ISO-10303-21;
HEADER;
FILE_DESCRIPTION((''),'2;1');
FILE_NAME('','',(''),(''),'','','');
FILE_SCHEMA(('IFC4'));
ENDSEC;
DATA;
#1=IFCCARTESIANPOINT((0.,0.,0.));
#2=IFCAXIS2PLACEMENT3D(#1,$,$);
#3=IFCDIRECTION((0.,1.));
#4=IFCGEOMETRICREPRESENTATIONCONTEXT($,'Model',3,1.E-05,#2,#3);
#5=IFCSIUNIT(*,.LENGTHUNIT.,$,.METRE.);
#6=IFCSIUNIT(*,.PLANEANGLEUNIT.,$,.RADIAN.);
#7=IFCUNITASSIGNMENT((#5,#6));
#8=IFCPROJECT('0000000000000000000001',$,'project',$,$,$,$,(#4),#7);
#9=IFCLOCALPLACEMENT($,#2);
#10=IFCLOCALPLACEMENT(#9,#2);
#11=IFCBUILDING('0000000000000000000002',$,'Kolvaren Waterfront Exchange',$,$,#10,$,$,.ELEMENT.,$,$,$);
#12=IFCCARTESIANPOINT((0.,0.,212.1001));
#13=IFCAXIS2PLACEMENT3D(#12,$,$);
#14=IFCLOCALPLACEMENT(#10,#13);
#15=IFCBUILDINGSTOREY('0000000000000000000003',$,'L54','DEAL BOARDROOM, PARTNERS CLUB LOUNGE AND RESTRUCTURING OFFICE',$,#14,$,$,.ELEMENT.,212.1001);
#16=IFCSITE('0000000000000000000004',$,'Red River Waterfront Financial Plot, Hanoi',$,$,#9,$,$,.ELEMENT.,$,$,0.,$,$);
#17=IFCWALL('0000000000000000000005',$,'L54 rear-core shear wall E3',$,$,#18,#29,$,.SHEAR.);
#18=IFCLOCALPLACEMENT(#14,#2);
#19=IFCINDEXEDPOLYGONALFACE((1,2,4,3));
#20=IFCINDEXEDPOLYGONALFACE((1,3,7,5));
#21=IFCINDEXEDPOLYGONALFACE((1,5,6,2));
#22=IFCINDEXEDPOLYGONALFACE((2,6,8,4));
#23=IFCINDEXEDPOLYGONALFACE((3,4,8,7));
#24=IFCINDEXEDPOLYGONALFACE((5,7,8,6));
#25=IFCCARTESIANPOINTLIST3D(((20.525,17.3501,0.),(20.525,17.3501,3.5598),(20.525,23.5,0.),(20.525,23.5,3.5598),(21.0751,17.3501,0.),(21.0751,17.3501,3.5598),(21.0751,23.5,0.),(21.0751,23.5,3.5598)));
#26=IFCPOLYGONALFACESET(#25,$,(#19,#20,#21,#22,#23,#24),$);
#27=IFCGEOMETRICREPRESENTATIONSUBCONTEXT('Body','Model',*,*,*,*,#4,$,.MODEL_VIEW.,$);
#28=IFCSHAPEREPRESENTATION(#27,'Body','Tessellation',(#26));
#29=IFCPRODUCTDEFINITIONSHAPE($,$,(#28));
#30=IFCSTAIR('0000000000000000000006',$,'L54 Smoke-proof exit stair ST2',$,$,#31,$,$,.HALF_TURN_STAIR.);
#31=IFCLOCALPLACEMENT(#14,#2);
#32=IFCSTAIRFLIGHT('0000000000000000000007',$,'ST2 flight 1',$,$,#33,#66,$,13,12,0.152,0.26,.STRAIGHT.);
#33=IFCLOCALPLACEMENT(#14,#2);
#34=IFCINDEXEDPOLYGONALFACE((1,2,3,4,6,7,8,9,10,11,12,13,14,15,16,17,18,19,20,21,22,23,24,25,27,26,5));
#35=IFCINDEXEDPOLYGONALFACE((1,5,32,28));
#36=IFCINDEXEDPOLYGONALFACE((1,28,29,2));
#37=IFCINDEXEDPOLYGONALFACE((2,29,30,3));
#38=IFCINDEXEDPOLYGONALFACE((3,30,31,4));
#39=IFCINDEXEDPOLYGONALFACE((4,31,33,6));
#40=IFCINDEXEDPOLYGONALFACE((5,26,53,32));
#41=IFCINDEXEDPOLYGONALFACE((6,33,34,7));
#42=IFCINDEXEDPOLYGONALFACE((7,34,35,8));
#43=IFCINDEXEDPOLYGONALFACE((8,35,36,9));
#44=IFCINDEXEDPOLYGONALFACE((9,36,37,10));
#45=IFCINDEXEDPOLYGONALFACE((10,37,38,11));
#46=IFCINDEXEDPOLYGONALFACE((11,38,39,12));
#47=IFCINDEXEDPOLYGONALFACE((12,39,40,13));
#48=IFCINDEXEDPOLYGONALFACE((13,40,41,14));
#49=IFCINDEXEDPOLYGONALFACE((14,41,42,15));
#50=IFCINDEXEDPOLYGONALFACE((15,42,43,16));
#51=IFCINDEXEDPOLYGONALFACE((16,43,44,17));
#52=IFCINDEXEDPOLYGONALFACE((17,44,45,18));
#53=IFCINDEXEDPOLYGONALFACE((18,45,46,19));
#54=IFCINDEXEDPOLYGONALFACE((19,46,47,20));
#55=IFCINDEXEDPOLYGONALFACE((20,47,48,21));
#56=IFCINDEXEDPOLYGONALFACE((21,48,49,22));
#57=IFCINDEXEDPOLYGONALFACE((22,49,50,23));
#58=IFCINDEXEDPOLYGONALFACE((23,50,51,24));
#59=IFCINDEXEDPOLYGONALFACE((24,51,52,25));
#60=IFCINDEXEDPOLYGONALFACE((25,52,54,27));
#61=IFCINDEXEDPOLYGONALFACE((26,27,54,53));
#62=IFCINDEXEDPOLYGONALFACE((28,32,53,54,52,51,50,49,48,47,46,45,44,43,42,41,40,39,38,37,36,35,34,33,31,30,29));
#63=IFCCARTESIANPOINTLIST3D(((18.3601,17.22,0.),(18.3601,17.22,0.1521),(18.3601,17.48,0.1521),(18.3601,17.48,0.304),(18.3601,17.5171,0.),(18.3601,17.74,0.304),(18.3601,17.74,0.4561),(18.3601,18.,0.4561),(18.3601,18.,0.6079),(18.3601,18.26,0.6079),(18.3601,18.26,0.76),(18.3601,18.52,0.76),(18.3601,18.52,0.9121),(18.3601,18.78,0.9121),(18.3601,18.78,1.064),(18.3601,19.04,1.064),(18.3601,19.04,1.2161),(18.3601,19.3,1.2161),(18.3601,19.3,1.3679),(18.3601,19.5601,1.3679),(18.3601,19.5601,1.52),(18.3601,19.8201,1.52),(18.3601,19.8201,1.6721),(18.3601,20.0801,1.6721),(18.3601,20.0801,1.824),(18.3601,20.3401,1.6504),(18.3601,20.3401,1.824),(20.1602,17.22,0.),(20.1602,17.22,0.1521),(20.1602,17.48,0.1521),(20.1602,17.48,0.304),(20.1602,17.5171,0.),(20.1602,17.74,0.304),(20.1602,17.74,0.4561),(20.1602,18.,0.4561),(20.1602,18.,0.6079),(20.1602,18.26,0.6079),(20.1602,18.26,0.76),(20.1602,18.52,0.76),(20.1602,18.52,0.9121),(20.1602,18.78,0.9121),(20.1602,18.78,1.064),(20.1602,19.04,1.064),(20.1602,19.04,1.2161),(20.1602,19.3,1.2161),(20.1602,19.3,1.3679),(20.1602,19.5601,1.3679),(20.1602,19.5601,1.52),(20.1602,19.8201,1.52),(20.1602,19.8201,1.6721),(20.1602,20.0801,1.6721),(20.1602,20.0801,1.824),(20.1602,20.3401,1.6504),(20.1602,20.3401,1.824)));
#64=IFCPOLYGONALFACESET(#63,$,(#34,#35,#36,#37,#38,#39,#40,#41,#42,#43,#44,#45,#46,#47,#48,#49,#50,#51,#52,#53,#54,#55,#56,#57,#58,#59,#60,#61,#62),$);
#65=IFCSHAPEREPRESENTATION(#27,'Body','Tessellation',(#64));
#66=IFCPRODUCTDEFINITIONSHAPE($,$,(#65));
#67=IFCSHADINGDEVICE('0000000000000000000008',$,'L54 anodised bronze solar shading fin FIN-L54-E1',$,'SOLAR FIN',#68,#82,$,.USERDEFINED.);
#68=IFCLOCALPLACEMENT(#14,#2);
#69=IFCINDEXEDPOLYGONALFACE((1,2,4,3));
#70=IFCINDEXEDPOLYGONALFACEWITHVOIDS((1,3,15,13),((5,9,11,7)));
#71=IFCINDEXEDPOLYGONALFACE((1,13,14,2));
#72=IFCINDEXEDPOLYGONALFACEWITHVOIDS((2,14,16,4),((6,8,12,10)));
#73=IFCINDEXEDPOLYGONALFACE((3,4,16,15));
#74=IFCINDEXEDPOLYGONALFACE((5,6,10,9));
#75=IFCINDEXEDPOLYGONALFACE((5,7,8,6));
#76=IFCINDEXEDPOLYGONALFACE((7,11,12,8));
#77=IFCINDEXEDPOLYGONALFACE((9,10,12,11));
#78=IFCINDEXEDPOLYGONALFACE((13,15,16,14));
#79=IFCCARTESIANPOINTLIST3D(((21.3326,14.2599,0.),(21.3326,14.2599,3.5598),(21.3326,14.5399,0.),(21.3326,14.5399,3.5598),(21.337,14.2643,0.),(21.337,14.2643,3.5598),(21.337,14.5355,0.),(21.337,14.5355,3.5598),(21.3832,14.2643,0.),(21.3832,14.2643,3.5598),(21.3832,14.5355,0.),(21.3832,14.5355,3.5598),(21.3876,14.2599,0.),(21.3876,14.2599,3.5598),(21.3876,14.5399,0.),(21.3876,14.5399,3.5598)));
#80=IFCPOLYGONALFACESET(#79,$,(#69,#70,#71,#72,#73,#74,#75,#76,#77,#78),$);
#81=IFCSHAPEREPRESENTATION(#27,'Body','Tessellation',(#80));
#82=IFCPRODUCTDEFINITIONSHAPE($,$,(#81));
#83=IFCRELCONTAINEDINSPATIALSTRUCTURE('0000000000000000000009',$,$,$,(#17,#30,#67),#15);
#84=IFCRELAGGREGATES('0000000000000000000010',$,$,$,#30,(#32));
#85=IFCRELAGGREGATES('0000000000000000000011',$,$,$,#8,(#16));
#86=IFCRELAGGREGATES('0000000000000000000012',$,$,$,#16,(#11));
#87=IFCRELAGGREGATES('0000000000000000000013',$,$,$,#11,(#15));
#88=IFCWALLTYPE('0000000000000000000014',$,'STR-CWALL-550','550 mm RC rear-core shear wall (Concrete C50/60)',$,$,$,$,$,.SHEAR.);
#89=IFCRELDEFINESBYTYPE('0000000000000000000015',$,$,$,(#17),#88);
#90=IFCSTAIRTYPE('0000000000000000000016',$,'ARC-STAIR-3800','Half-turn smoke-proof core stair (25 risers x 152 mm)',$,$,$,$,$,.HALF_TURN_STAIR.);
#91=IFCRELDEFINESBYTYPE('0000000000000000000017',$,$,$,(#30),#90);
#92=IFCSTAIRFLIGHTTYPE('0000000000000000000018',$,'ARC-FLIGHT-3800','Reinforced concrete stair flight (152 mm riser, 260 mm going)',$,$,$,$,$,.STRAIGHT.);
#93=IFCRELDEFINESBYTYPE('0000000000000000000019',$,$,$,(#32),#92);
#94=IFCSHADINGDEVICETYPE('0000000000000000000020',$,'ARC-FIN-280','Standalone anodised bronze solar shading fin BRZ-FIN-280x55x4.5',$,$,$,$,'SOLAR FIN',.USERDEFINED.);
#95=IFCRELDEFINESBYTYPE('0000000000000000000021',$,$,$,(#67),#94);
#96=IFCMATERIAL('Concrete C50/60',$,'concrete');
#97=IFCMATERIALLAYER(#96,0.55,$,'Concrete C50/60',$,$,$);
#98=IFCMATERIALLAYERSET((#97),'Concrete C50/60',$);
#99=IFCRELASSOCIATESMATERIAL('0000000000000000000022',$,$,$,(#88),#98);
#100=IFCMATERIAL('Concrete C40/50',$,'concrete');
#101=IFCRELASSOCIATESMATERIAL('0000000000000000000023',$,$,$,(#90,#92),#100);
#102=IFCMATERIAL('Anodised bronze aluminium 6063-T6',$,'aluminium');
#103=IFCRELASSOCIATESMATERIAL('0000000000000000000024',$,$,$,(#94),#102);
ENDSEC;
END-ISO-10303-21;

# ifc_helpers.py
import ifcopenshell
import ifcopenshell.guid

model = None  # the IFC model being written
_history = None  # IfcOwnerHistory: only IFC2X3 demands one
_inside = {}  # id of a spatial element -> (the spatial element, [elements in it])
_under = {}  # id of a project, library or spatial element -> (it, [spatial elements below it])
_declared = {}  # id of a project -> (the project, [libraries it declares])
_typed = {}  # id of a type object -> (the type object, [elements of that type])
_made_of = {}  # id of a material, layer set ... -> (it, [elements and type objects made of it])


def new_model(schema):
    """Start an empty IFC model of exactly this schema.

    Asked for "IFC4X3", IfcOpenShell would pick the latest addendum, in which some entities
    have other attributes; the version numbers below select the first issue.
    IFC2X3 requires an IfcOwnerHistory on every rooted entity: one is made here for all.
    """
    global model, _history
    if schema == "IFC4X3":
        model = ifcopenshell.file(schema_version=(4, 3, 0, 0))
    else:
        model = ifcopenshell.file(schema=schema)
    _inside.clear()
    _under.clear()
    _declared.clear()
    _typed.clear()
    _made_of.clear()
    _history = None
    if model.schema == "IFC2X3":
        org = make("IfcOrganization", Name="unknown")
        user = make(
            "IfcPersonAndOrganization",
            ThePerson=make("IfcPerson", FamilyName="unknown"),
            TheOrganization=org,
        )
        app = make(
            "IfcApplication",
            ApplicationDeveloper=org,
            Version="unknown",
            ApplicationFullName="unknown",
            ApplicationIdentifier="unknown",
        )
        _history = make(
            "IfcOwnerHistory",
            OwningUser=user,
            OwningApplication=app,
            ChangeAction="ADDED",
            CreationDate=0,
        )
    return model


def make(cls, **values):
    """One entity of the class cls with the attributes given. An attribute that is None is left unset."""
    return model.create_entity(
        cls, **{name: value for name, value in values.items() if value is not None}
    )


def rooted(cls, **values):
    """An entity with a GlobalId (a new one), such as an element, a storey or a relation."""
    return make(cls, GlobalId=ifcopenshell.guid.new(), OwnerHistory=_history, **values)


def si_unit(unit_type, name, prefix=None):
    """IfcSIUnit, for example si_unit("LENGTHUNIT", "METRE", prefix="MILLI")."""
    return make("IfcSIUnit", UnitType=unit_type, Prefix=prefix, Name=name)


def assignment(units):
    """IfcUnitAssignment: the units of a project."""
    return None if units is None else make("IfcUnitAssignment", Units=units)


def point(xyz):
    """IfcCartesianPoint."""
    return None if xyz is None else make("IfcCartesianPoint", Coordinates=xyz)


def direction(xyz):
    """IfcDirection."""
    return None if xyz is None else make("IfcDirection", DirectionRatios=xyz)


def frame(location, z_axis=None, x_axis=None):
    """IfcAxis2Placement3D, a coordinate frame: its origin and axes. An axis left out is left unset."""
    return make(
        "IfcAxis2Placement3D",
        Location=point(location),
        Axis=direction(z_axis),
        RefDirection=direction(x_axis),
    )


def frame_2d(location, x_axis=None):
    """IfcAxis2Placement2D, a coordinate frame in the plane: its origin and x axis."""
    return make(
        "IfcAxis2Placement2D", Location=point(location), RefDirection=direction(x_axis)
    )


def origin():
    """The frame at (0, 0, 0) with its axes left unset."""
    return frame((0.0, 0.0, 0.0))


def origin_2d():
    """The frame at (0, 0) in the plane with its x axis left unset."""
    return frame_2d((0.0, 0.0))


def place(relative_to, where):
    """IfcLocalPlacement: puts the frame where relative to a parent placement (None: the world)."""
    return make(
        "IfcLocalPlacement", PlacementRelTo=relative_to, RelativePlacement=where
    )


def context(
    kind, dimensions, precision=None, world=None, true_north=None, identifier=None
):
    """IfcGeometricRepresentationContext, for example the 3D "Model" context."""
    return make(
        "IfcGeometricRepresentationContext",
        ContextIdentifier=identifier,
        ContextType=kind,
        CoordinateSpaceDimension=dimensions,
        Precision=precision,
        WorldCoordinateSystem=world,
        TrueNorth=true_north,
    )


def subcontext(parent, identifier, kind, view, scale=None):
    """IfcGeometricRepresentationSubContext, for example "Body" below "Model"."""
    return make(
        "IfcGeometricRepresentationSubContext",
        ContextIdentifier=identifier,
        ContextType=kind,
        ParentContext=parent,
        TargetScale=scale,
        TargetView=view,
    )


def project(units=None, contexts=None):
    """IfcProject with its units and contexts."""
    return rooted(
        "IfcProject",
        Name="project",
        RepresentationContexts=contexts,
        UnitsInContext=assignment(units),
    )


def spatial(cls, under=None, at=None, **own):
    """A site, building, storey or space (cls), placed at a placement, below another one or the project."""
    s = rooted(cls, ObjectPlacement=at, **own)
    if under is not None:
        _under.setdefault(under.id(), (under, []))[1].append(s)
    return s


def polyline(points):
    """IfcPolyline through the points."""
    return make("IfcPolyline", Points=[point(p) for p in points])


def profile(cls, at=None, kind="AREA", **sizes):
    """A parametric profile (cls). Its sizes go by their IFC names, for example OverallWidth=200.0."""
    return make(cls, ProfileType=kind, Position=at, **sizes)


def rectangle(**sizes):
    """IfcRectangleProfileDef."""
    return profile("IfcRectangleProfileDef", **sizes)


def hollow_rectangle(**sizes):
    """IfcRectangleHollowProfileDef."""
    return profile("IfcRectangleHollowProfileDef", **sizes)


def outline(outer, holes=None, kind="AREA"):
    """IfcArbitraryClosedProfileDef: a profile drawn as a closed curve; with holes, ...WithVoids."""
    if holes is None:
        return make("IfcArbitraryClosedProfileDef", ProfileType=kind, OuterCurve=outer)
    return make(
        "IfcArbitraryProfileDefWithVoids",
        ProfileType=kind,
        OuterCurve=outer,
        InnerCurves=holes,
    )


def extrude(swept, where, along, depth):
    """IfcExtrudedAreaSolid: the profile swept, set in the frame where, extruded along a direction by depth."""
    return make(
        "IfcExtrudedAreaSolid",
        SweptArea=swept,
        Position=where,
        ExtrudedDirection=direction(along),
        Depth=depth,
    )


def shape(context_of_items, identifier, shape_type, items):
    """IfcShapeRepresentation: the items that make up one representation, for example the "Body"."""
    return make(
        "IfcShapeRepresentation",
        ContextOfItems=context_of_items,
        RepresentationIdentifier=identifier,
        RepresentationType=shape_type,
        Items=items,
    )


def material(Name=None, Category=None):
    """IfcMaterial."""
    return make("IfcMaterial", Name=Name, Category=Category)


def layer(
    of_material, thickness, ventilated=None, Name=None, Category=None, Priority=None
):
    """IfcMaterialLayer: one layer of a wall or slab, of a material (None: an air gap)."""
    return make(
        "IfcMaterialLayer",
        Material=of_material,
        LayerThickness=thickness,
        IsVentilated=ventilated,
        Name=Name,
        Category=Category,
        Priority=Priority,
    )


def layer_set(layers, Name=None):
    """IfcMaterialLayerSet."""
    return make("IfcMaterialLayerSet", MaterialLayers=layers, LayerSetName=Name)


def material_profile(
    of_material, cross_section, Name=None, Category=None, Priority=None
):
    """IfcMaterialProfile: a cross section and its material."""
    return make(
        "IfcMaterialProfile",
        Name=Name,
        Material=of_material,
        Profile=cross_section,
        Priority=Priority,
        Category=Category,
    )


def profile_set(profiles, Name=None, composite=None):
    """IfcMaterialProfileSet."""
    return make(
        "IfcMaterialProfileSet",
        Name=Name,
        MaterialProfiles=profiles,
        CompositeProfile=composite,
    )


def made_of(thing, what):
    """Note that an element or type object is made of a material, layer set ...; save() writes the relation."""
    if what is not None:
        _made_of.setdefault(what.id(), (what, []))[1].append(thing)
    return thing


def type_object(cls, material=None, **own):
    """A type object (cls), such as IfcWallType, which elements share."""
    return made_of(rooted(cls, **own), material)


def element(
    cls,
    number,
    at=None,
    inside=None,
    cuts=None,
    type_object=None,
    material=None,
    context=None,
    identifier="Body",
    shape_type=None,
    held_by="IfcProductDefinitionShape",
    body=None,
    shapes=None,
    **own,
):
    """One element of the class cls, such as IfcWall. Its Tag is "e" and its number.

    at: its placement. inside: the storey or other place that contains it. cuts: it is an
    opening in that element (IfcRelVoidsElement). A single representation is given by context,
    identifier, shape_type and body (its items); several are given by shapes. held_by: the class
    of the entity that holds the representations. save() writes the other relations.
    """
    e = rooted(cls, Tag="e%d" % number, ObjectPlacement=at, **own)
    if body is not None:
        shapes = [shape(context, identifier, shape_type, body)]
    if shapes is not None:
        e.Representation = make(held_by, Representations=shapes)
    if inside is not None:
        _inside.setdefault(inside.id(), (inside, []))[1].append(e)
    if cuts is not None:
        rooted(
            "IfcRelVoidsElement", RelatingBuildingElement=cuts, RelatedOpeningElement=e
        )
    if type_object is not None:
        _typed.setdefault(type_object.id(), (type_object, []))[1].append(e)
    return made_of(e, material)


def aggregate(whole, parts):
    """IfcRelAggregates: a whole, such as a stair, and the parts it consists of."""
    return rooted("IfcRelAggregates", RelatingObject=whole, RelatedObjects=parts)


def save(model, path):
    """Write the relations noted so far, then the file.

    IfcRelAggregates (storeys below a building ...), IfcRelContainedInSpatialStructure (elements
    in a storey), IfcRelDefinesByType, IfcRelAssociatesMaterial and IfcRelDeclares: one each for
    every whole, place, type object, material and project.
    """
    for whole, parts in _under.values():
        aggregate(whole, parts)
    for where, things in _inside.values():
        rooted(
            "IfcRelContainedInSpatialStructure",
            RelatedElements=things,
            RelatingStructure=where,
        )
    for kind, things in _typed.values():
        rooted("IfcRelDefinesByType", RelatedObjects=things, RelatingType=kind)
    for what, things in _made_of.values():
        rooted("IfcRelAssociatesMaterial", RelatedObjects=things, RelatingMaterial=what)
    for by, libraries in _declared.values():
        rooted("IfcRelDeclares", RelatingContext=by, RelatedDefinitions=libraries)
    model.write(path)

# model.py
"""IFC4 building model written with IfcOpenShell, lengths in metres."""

from ifc_helpers import new_model, si_unit, direction, frame, frame_2d, origin, origin_2d, place, context, subcontext, project, spatial, polyline, rectangle, hollow_rectangle, outline, extrude, material, layer, layer_set, material_profile, profile_set, type_object, element, aggregate, save


model = new_model("IFC4")

# Units and contexts
model_context = context("Model", 3, precision=1e-05, world=origin(), true_north=direction((0.0, 1.0)))
body_context = subcontext(model_context, "Body", "Model", "MODEL_VIEW")
ifc_project = project(units=[si_unit("LENGTHUNIT", "METRE"), si_unit("PLANEANGLEUNIT", "RADIAN")], contexts=[model_context])

# Site, building, storey
site_placement = place(None, origin())
site = spatial("IfcSite", under=ifc_project, at=site_placement, Name="Red River Waterfront Financial Plot, Hanoi", CompositionType="ELEMENT", RefElevation=0.0)
building_placement = place(site_placement, origin())
building = spatial("IfcBuilding", under=site, at=building_placement, Name="Kolvaren Waterfront Exchange", CompositionType="ELEMENT")
storey_placement = place(building_placement, frame((0.0, 0.0, 212.1001)))
storey = spatial("IfcBuildingStorey", under=building, at=storey_placement, Name="L54", Description="DEAL BOARDROOM, PARTNERS CLUB LOUNGE AND RESTRUCTURING OFFICE", CompositionType="ELEMENT", Elevation=212.1001)

# Shared definitions
ifc_material_1 = material(Name="Concrete C50/60", Category="concrete")

# Wall
ifc_material_2 = material(Name="Concrete C40/50", Category="concrete")
ifc_layer_1 = layer(ifc_material_1, 0.55, Name="Concrete C50/60")
ifc_layer_set_1 = layer_set([ifc_layer_1], Name="Concrete C50/60")
wall_type_1 = type_object("IfcWallType", Name="STR-CWALL-550", Description="550 mm RC rear-core shear wall (Concrete C50/60)", PredefinedType="SHEAR", material=ifc_layer_set_1)
wall_1_placement = place(storey_placement, frame((20.8, 17.3501, 0.0), z_axis=(0.0, 0.0, 1.0), x_axis=(0.0, 1.0, 0.0)))
element("IfcWall", 1, at=wall_1_placement, inside=storey, type_object=wall_type_1, Name="L54 rear-core shear wall E3", PredefinedType="SHEAR", context=body_context, shape_type="SweptSolid", body=[
    extrude(rectangle(XDim=6.1499, YDim=0.55, at=frame_2d((3.075, 0.0))), origin(), (0.0, 0.0, 1.0), 3.5598),
])

# Stair, stair flight
stair_type = type_object("IfcStairType", Name="ARC-STAIR-3800", Description="Half-turn smoke-proof core stair (25 risers x 152 mm)", PredefinedType="HALF_TURN_STAIR", material=ifc_material_2)
stair_placement = place(storey_placement, origin())
stair = element("IfcStair", 2, at=stair_placement, inside=storey, type_object=stair_type, Name="L54 Smoke-proof exit stair ST2", PredefinedType="HALF_TURN_STAIR")
stair_flight_type = type_object("IfcStairFlightType", Name="ARC-FLIGHT-3800", Description="Reinforced concrete stair flight (152 mm riser, 260 mm going)", PredefinedType="STRAIGHT", material=ifc_material_2)
stair_flight_placement = place(storey_placement, frame((19.26, 17.22, 0.0), z_axis=(0.0, 0.0, 1.0), x_axis=(0.0, 1.0, 0.0)))
stair_flight = element("IfcStairFlight", 3, at=stair_flight_placement, type_object=stair_flight_type, Name="ST2 flight 1", NumberOfRisers=13, NumberOfTreads=12, PredefinedType="STRAIGHT", RiserHeight=0.152, TreadLength=0.26, context=body_context, shape_type="SweptSolid", body=[
    extrude(outline(polyline([(0.0, 0.0), (0.0, 0.1521), (0.26, 0.1521), (0.26, 0.304), (0.52, 0.304), (0.52, 0.4561), (0.78, 0.4561), (0.78, 0.6079), (1.04, 0.6079), (1.04, 0.76), (1.3, 0.76), (1.3, 0.9121), (1.5601, 0.9121), (1.5601, 1.064), (1.8201, 1.064), (1.8201, 1.2161), (2.0801, 1.2161), (2.0801, 1.3679), (2.3401, 1.3679), (2.3401, 1.52), (2.6001, 1.52), (2.6001, 1.6721), (2.8601, 1.6721), (2.8601, 1.824), (3.1201, 1.824), (3.1201, 1.9761), (3.1201, 1.6504), (0.2971, 0.0), (0.0, 0.0)])), frame((0.0, 0.8999, 0.0), z_axis=(0.0, -1.0, 0.0), x_axis=(1.0, 0.0, 0.0)), (0.0, 0.0, 1.0), 1.8),
])
aggregate(stair, [stair_flight])

# Shading device
ifc_material_3 = material(Name="Anodised bronze aluminium 6063-T6", Category="aluminium")
ifc_material_profile_1 = material_profile(ifc_material_3, hollow_rectangle(XDim=0.0549, YDim=0.28, WallThickness=0.0044, at=origin_2d()), Name="BRZ-FIN-280x55x4.5")
ifc_profile_set_1 = profile_set([ifc_material_profile_1], Name="Anodised bronze aluminium 6063-T6")
shading_device_type = type_object("IfcShadingDeviceType", Name="ARC-FIN-280", Description="Standalone anodised bronze solar shading fin BRZ-FIN-280x55x4.5", ElementType="SOLAR FIN", PredefinedType="USERDEFINED", material=ifc_profile_set_1)
shading_device_placement = place(storey_placement, frame((21.3601, 14.3999, 0.0), z_axis=(0.0, 0.0, 1.0), x_axis=(1.0, 0.0, 0.0)))
element("IfcShadingDevice", 4, at=shading_device_placement, inside=storey, type_object=shading_device_type, Name="L54 anodised bronze solar shading fin FIN-L54-E1", ObjectType="SOLAR FIN", PredefinedType="USERDEFINED", context=body_context, shape_type="SweptSolid", body=[
    extrude(hollow_rectangle(XDim=0.0549, YDim=0.28, WallThickness=0.0044, at=origin_2d()), origin(), (0.0, 0.0, 1.0), 3.5598),
])

save(model, "model.ifc")
